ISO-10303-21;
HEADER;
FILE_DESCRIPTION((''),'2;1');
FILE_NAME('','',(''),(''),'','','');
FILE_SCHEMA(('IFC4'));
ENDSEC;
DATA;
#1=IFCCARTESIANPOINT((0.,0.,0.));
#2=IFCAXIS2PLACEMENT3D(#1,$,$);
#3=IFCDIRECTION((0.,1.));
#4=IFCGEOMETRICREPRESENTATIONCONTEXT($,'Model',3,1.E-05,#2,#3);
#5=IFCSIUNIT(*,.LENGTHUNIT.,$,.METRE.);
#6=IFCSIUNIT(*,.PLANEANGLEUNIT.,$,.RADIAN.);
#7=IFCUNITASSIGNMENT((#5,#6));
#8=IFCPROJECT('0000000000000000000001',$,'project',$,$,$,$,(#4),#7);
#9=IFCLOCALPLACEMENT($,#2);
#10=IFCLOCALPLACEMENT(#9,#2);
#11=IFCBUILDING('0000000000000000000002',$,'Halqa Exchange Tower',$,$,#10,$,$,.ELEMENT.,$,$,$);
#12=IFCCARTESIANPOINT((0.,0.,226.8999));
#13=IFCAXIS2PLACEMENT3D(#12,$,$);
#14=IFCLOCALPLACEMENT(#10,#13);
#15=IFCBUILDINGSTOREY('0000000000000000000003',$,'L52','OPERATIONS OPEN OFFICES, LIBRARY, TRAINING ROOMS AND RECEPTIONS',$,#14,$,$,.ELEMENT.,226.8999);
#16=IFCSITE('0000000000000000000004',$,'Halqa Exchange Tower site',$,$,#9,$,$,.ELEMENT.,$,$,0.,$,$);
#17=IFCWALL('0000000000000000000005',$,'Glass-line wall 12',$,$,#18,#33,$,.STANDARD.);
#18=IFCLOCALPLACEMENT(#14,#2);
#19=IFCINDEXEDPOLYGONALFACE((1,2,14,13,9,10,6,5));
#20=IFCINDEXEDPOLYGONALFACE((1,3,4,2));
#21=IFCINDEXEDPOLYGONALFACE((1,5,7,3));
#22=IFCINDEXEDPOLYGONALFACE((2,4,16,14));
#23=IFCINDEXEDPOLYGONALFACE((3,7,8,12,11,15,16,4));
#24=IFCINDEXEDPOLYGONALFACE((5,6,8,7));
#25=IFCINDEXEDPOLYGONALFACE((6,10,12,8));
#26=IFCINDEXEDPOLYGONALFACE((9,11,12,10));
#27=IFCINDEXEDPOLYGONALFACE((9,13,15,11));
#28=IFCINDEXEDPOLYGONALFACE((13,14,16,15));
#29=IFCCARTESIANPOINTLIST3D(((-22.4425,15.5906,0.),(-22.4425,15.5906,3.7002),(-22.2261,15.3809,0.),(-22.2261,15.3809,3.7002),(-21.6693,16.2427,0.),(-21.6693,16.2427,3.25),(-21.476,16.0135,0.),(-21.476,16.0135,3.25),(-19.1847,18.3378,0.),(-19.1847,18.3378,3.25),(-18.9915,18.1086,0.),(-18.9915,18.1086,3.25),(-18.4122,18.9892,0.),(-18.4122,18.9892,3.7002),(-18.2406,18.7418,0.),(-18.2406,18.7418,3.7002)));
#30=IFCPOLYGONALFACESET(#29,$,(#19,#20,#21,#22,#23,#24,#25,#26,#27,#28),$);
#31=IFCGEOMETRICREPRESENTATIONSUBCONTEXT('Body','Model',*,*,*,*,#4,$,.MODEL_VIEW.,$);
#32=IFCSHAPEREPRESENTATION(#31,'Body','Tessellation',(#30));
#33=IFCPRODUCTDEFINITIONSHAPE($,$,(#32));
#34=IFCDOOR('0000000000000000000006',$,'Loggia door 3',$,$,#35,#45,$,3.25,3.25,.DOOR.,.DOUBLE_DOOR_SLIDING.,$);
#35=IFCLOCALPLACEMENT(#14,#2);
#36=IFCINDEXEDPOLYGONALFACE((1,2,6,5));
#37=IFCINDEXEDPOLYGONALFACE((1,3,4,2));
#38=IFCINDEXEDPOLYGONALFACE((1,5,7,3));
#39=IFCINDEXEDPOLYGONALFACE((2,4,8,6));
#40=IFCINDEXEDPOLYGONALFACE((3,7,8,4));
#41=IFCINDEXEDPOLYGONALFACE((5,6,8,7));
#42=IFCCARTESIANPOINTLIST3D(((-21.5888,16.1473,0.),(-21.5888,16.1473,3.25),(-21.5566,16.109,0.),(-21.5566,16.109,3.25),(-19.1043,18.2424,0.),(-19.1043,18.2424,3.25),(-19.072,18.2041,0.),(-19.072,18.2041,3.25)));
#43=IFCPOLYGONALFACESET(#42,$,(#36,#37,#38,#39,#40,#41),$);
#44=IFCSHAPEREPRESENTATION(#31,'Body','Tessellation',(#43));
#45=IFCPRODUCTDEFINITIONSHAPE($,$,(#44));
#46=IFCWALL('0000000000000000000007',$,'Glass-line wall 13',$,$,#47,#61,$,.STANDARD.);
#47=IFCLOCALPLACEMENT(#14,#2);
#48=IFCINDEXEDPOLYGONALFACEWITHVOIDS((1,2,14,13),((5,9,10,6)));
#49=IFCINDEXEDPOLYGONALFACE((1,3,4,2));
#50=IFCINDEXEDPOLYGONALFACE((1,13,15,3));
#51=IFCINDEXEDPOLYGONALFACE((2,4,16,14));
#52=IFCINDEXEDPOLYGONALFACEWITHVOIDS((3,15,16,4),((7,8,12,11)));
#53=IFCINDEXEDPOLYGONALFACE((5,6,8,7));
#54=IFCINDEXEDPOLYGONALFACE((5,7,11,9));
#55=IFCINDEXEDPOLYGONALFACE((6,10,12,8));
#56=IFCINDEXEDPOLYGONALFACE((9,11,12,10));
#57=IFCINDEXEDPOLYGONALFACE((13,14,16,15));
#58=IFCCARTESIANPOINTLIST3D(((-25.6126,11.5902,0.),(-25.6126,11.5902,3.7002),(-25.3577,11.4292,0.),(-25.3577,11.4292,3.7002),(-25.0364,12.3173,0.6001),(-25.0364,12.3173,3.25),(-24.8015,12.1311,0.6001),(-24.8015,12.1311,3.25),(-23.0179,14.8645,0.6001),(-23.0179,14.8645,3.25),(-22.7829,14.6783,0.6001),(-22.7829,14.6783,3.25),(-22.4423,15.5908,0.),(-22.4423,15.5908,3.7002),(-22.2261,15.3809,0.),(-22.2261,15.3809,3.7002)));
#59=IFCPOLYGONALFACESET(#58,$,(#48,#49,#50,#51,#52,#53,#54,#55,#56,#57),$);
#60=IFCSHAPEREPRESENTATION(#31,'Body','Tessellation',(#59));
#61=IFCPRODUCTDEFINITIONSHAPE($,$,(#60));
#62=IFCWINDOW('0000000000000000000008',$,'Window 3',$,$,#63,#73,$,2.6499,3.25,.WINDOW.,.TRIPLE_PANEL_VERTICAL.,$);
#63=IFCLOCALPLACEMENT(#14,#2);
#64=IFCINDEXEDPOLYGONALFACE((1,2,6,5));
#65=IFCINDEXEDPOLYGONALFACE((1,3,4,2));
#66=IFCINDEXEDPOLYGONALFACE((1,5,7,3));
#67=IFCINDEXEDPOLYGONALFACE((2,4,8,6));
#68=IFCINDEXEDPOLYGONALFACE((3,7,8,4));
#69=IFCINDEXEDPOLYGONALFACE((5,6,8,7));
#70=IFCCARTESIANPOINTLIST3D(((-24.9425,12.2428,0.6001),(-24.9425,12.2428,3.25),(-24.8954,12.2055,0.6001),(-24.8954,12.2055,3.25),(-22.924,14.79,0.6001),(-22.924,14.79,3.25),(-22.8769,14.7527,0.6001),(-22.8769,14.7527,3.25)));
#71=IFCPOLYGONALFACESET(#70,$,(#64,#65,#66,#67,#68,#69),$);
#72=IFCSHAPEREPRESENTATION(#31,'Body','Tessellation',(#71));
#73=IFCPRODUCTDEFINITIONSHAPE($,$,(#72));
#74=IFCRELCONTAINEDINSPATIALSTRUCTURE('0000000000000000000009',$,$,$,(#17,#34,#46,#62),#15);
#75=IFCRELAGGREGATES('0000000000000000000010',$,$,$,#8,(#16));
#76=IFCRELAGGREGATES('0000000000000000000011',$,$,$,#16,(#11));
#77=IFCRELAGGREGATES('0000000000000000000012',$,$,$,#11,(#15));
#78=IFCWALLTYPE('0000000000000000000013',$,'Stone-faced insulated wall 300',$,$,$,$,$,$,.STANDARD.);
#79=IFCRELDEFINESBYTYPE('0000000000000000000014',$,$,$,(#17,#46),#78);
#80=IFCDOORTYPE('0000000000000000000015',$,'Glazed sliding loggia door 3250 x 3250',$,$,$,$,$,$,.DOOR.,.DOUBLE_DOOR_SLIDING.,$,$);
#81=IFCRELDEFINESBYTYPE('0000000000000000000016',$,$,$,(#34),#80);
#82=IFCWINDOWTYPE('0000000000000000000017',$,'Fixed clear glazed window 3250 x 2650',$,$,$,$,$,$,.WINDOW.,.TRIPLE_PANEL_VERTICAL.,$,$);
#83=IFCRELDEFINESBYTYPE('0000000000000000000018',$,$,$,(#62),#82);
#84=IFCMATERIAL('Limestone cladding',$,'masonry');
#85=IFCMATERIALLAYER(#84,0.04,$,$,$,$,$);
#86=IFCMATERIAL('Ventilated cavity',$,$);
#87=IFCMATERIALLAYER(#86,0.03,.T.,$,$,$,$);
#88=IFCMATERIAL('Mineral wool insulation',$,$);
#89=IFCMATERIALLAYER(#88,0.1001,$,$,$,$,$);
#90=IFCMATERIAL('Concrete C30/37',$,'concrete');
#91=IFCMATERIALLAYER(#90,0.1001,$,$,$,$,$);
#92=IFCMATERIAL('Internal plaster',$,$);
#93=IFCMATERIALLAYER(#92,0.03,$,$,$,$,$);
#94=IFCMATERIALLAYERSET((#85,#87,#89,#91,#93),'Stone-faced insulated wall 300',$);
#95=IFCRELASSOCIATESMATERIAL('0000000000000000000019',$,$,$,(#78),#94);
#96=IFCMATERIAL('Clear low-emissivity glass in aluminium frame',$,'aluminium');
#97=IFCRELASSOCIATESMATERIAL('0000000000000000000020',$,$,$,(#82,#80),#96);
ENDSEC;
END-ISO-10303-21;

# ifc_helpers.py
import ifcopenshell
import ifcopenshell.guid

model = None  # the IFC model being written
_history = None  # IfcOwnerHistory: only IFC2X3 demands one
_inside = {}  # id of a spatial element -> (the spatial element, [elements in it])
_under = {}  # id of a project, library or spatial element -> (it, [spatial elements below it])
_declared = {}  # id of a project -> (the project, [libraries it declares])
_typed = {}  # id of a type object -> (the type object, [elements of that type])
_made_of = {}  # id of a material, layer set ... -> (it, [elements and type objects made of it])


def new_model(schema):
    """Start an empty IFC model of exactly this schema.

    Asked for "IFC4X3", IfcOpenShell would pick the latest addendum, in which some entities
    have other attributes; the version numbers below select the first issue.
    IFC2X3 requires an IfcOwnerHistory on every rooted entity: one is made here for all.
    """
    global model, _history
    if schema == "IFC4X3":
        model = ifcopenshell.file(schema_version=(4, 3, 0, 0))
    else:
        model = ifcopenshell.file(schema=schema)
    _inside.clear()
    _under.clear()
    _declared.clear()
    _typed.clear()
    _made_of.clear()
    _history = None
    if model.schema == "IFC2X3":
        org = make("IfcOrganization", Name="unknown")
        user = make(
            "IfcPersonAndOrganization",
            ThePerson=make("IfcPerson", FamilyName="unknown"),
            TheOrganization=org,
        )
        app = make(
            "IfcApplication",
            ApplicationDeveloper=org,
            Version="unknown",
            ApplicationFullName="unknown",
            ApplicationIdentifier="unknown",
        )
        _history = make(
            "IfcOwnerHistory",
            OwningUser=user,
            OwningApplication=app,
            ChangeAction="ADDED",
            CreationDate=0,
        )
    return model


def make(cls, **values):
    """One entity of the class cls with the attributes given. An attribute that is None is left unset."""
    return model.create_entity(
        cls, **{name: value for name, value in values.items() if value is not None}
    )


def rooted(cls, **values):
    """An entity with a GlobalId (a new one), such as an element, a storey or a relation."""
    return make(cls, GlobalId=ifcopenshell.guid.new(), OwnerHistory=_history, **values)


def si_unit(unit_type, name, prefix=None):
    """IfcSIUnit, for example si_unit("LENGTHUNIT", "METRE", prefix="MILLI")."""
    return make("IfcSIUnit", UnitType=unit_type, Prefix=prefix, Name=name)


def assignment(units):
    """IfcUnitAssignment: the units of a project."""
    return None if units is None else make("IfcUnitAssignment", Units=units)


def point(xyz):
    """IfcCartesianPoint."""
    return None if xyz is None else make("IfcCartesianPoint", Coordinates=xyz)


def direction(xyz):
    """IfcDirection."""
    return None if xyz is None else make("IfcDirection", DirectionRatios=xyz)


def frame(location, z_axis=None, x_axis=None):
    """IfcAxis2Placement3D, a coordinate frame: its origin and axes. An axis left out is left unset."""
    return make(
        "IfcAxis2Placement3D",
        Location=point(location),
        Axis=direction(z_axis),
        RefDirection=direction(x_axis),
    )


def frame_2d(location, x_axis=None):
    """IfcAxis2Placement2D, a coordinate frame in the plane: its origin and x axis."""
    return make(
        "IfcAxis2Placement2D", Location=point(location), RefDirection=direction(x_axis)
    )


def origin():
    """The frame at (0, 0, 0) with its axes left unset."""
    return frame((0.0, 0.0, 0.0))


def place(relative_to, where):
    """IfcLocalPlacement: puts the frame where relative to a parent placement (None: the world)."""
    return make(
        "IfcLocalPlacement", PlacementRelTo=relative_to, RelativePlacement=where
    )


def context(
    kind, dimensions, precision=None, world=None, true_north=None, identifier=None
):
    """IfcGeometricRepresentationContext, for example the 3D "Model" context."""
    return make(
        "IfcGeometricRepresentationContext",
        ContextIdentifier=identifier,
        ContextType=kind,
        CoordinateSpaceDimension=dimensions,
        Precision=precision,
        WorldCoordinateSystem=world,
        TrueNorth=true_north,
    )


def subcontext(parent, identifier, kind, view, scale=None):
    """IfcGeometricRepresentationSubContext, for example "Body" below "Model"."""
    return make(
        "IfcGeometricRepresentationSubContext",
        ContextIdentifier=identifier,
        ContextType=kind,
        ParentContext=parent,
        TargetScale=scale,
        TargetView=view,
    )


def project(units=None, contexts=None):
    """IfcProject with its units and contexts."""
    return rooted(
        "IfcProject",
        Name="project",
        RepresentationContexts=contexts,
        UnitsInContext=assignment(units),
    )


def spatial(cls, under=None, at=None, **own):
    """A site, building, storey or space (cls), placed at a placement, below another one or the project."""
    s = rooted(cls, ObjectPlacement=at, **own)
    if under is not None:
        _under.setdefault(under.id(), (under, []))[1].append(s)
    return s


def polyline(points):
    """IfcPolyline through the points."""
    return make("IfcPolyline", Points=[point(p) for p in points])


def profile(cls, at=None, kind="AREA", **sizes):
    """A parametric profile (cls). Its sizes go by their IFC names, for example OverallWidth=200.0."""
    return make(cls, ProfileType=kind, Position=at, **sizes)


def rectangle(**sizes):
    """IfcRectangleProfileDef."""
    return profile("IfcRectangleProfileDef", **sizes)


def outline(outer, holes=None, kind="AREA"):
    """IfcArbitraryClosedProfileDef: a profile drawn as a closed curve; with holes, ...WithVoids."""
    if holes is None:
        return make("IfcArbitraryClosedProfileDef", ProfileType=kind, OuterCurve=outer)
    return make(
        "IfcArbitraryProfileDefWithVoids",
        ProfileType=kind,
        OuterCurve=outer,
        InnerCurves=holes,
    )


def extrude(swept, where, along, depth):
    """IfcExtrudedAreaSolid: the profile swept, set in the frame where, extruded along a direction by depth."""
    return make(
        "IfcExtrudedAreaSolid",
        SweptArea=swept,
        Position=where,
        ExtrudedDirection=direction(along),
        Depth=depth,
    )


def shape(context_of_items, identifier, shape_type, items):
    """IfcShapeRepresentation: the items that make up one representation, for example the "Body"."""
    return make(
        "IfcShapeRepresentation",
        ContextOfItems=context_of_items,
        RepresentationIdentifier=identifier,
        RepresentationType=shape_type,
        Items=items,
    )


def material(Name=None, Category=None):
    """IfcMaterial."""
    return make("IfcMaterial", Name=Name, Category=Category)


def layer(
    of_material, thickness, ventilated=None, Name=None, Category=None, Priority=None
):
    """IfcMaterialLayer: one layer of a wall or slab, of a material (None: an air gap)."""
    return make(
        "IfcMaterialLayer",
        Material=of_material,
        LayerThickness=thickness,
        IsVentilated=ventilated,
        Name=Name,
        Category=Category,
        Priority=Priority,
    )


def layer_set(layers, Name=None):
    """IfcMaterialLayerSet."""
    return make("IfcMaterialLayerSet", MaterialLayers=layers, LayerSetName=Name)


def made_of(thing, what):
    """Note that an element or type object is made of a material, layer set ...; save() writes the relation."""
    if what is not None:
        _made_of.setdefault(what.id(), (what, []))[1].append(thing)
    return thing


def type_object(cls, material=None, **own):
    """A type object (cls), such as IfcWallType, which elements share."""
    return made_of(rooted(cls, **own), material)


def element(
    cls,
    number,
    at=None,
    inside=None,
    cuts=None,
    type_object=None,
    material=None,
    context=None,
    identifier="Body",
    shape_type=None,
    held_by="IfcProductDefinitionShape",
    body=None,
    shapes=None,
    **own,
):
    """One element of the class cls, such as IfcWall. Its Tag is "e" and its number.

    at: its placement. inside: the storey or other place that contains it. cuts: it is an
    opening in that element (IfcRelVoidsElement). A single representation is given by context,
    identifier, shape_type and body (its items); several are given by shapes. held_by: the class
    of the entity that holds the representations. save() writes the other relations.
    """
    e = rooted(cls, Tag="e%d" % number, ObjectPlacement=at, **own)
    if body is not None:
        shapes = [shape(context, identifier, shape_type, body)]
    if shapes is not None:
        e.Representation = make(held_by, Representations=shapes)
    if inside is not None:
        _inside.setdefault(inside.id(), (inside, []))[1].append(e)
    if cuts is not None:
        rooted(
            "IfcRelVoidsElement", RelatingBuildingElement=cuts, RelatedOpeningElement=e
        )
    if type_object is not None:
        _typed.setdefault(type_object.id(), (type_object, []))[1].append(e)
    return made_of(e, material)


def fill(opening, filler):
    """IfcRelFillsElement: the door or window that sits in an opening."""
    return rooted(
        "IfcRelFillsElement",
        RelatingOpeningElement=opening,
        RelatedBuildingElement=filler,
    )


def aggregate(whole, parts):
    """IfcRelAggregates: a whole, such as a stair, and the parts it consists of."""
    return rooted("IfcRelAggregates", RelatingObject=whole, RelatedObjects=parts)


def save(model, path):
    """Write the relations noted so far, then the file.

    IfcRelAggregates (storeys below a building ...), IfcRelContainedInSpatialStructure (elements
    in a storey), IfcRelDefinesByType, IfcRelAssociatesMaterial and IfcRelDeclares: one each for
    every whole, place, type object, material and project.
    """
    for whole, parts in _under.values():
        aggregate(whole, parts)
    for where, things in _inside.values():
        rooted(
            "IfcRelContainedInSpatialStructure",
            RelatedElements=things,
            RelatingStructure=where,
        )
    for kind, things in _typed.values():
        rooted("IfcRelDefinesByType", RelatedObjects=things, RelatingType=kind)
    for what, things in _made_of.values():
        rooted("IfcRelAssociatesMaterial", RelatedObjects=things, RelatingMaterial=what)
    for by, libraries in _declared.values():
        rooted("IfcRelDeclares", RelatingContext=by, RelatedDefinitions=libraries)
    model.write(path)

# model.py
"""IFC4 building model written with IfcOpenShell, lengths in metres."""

from ifc_helpers import new_model, si_unit, direction, frame, frame_2d, origin, place, context, subcontext, project, spatial, polyline, rectangle, outline, extrude, material, layer, layer_set, type_object, element, fill, save


model = new_model("IFC4")

# Units and contexts
model_context = context("Model", 3, precision=1e-05, world=origin(), true_north=direction((0.0, 1.0)))
body_context = subcontext(model_context, "Body", "Model", "MODEL_VIEW")
ifc_project = project(units=[si_unit("LENGTHUNIT", "METRE"), si_unit("PLANEANGLEUNIT", "RADIAN")], contexts=[model_context])

# Site, building, storey
site_placement = place(None, origin())
site = spatial("IfcSite", under=ifc_project, at=site_placement, Name="Halqa Exchange Tower site", CompositionType="ELEMENT", RefElevation=0.0)
building_placement = place(site_placement, origin())
building = spatial("IfcBuilding", under=site, at=building_placement, Name="Halqa Exchange Tower", CompositionType="ELEMENT")
storey_placement = place(building_placement, frame((0.0, 0.0, 226.8999)))
storey = spatial("IfcBuildingStorey", under=building, at=storey_placement, Name="L52", Description="OPERATIONS OPEN OFFICES, LIBRARY, TRAINING ROOMS AND RECEPTIONS", CompositionType="ELEMENT", Elevation=226.8999)

# Shared definitions
ifc_material_1 = material(Name="Limestone cladding", Category="masonry")
ifc_layer_1 = layer(ifc_material_1, 0.04)
ifc_material_2 = material(Name="Ventilated cavity")
ifc_layer_2 = layer(ifc_material_2, 0.03, ventilated=True)
ifc_material_3 = material(Name="Mineral wool insulation")
ifc_layer_3 = layer(ifc_material_3, 0.1001)
ifc_material_4 = material(Name="Concrete C30/37", Category="concrete")
ifc_layer_4 = layer(ifc_material_4, 0.1001)
ifc_material_5 = material(Name="Internal plaster")
ifc_layer_5 = layer(ifc_material_5, 0.03)
ifc_layer_set_1 = layer_set([ifc_layer_1, ifc_layer_2, ifc_layer_3, ifc_layer_4, ifc_layer_5], Name="Stone-faced insulated wall 300")
wall_type_1 = type_object("IfcWallType", Name="Stone-faced insulated wall 300", PredefinedType="STANDARD", material=ifc_layer_set_1)
ifc_material_6 = material(Name="Clear low-emissivity glass in aluminium frame", Category="aluminium")
window_type = type_object("IfcWindowType", Name="Fixed clear glazed window 3250 x 2650", PartitioningType="TRIPLE_PANEL_VERTICAL", PredefinedType="WINDOW", material=ifc_material_6)

# Wall, opening, door
wall_1_placement = place(storey_placement, frame((-18.3264, 18.8655, 0.0), z_axis=(0.0, 0.0, 1.0), x_axis=(-0.764475, -0.644653, 0.0)))
wall_1 = element("IfcWall", 1, at=wall_1_placement, inside=storey, type_object=wall_type_1, Name="Glass-line wall 12", PredefinedType="STANDARD", context=body_context, shape_type="SweptSolid", body=[
    extrude(outline(polyline([(-0.0142, -0.1499), (5.2578, -0.1499), (5.2275, 0.1499), (0.0142, 0.1499), (-0.0142, -0.1499)])), origin(), (0.0, 0.0, 1.0), 3.7002),
])
opening_1_placement = place(wall_1_placement, frame((0.9963, 0.0, 0.0)))
opening_1 = element("IfcOpeningElement", 2, at=opening_1_placement, cuts=wall_1, PredefinedType="OPENING", context=body_context, shape_type="SweptSolid", body=[
    extrude(rectangle(XDim=3.25, YDim=3.25, at=frame_2d((1.625, 1.625))), frame((0.0, 0.1621, 0.0), z_axis=(0.0, -1.0, 0.0), x_axis=(1.0, 0.0, 0.0)), (0.0, 0.0, 1.0), 0.324),
])
door_type_1 = type_object("IfcDoorType", Name="Glazed sliding loggia door 3250 x 3250", OperationType="DOUBLE_DOOR_SLIDING", PredefinedType="DOOR", material=ifc_material_6)
door_1_placement = place(opening_1_placement, origin())
door_1 = element("IfcDoor", 3, at=door_1_placement, inside=storey, type_object=door_type_1, Name="Loggia door 3", OperationType="DOUBLE_DOOR_SLIDING", OverallHeight=3.25, OverallWidth=3.25, PredefinedType="DOOR", context=body_context, shape_type="SweptSolid", body=[
    extrude(rectangle(XDim=3.25, YDim=3.25, at=frame_2d((1.625, 1.625))), frame((0.0, 0.0249, 0.0), z_axis=(0.0, -1.0, 0.0), x_axis=(1.0, 0.0, 0.0)), (0.0, 0.0, 1.0), 0.05),
])
fill(opening_1, door_1)

# Wall, opening, window
wall_2_placement = place(storey_placement, frame((-22.3342, 15.4858, 0.0), z_axis=(0.0, 0.0, 1.0), x_axis=(-0.621085, -0.783743, 0.0)))
wall_2 = element("IfcWall", 4, at=wall_2_placement, inside=storey, type_object=wall_type_1, Name="Glass-line wall 13", PredefinedType="STANDARD", context=body_context, shape_type="SweptSolid", body=[
    extrude(outline(polyline([(-0.0151, -0.1499), (5.0894, -0.1499), (5.0571, 0.1499), (0.0151, 0.1499), (-0.0151, -0.1499)])), origin(), (0.0, 0.0, 1.0), 3.7002),
])
opening_2_placement = place(wall_2_placement, frame((0.9116, 0.0, 0.6001)))
opening_2 = element("IfcOpeningElement", 5, at=opening_2_placement, cuts=wall_2, PredefinedType="OPENING", context=body_context, shape_type="SweptSolid", body=[
    extrude(rectangle(XDim=3.25, YDim=2.6499, at=frame_2d((1.625, 1.325))), frame((0.0, 0.1621, 0.0), z_axis=(0.0, -1.0, 0.0), x_axis=(1.0, 0.0, 0.0)), (0.0, 0.0, 1.0), 0.324),
])
window_1_placement = place(opening_2_placement, origin())
window_1 = element("IfcWindow", 6, at=window_1_placement, inside=storey, type_object=window_type, Name="Window 3", OverallHeight=2.6499, OverallWidth=3.25, PartitioningType="TRIPLE_PANEL_VERTICAL", PredefinedType="WINDOW", context=body_context, shape_type="SweptSolid", body=[
    extrude(rectangle(XDim=3.25, YDim=2.6499, at=frame_2d((1.625, 1.325))), frame((0.0, 0.03, 0.0), z_axis=(0.0, -1.0, 0.0), x_axis=(1.0, 0.0, 0.0)), (0.0, 0.0, 1.0), 0.0601),
])
fill(opening_2, window_1)

save(model, "model.ifc")
